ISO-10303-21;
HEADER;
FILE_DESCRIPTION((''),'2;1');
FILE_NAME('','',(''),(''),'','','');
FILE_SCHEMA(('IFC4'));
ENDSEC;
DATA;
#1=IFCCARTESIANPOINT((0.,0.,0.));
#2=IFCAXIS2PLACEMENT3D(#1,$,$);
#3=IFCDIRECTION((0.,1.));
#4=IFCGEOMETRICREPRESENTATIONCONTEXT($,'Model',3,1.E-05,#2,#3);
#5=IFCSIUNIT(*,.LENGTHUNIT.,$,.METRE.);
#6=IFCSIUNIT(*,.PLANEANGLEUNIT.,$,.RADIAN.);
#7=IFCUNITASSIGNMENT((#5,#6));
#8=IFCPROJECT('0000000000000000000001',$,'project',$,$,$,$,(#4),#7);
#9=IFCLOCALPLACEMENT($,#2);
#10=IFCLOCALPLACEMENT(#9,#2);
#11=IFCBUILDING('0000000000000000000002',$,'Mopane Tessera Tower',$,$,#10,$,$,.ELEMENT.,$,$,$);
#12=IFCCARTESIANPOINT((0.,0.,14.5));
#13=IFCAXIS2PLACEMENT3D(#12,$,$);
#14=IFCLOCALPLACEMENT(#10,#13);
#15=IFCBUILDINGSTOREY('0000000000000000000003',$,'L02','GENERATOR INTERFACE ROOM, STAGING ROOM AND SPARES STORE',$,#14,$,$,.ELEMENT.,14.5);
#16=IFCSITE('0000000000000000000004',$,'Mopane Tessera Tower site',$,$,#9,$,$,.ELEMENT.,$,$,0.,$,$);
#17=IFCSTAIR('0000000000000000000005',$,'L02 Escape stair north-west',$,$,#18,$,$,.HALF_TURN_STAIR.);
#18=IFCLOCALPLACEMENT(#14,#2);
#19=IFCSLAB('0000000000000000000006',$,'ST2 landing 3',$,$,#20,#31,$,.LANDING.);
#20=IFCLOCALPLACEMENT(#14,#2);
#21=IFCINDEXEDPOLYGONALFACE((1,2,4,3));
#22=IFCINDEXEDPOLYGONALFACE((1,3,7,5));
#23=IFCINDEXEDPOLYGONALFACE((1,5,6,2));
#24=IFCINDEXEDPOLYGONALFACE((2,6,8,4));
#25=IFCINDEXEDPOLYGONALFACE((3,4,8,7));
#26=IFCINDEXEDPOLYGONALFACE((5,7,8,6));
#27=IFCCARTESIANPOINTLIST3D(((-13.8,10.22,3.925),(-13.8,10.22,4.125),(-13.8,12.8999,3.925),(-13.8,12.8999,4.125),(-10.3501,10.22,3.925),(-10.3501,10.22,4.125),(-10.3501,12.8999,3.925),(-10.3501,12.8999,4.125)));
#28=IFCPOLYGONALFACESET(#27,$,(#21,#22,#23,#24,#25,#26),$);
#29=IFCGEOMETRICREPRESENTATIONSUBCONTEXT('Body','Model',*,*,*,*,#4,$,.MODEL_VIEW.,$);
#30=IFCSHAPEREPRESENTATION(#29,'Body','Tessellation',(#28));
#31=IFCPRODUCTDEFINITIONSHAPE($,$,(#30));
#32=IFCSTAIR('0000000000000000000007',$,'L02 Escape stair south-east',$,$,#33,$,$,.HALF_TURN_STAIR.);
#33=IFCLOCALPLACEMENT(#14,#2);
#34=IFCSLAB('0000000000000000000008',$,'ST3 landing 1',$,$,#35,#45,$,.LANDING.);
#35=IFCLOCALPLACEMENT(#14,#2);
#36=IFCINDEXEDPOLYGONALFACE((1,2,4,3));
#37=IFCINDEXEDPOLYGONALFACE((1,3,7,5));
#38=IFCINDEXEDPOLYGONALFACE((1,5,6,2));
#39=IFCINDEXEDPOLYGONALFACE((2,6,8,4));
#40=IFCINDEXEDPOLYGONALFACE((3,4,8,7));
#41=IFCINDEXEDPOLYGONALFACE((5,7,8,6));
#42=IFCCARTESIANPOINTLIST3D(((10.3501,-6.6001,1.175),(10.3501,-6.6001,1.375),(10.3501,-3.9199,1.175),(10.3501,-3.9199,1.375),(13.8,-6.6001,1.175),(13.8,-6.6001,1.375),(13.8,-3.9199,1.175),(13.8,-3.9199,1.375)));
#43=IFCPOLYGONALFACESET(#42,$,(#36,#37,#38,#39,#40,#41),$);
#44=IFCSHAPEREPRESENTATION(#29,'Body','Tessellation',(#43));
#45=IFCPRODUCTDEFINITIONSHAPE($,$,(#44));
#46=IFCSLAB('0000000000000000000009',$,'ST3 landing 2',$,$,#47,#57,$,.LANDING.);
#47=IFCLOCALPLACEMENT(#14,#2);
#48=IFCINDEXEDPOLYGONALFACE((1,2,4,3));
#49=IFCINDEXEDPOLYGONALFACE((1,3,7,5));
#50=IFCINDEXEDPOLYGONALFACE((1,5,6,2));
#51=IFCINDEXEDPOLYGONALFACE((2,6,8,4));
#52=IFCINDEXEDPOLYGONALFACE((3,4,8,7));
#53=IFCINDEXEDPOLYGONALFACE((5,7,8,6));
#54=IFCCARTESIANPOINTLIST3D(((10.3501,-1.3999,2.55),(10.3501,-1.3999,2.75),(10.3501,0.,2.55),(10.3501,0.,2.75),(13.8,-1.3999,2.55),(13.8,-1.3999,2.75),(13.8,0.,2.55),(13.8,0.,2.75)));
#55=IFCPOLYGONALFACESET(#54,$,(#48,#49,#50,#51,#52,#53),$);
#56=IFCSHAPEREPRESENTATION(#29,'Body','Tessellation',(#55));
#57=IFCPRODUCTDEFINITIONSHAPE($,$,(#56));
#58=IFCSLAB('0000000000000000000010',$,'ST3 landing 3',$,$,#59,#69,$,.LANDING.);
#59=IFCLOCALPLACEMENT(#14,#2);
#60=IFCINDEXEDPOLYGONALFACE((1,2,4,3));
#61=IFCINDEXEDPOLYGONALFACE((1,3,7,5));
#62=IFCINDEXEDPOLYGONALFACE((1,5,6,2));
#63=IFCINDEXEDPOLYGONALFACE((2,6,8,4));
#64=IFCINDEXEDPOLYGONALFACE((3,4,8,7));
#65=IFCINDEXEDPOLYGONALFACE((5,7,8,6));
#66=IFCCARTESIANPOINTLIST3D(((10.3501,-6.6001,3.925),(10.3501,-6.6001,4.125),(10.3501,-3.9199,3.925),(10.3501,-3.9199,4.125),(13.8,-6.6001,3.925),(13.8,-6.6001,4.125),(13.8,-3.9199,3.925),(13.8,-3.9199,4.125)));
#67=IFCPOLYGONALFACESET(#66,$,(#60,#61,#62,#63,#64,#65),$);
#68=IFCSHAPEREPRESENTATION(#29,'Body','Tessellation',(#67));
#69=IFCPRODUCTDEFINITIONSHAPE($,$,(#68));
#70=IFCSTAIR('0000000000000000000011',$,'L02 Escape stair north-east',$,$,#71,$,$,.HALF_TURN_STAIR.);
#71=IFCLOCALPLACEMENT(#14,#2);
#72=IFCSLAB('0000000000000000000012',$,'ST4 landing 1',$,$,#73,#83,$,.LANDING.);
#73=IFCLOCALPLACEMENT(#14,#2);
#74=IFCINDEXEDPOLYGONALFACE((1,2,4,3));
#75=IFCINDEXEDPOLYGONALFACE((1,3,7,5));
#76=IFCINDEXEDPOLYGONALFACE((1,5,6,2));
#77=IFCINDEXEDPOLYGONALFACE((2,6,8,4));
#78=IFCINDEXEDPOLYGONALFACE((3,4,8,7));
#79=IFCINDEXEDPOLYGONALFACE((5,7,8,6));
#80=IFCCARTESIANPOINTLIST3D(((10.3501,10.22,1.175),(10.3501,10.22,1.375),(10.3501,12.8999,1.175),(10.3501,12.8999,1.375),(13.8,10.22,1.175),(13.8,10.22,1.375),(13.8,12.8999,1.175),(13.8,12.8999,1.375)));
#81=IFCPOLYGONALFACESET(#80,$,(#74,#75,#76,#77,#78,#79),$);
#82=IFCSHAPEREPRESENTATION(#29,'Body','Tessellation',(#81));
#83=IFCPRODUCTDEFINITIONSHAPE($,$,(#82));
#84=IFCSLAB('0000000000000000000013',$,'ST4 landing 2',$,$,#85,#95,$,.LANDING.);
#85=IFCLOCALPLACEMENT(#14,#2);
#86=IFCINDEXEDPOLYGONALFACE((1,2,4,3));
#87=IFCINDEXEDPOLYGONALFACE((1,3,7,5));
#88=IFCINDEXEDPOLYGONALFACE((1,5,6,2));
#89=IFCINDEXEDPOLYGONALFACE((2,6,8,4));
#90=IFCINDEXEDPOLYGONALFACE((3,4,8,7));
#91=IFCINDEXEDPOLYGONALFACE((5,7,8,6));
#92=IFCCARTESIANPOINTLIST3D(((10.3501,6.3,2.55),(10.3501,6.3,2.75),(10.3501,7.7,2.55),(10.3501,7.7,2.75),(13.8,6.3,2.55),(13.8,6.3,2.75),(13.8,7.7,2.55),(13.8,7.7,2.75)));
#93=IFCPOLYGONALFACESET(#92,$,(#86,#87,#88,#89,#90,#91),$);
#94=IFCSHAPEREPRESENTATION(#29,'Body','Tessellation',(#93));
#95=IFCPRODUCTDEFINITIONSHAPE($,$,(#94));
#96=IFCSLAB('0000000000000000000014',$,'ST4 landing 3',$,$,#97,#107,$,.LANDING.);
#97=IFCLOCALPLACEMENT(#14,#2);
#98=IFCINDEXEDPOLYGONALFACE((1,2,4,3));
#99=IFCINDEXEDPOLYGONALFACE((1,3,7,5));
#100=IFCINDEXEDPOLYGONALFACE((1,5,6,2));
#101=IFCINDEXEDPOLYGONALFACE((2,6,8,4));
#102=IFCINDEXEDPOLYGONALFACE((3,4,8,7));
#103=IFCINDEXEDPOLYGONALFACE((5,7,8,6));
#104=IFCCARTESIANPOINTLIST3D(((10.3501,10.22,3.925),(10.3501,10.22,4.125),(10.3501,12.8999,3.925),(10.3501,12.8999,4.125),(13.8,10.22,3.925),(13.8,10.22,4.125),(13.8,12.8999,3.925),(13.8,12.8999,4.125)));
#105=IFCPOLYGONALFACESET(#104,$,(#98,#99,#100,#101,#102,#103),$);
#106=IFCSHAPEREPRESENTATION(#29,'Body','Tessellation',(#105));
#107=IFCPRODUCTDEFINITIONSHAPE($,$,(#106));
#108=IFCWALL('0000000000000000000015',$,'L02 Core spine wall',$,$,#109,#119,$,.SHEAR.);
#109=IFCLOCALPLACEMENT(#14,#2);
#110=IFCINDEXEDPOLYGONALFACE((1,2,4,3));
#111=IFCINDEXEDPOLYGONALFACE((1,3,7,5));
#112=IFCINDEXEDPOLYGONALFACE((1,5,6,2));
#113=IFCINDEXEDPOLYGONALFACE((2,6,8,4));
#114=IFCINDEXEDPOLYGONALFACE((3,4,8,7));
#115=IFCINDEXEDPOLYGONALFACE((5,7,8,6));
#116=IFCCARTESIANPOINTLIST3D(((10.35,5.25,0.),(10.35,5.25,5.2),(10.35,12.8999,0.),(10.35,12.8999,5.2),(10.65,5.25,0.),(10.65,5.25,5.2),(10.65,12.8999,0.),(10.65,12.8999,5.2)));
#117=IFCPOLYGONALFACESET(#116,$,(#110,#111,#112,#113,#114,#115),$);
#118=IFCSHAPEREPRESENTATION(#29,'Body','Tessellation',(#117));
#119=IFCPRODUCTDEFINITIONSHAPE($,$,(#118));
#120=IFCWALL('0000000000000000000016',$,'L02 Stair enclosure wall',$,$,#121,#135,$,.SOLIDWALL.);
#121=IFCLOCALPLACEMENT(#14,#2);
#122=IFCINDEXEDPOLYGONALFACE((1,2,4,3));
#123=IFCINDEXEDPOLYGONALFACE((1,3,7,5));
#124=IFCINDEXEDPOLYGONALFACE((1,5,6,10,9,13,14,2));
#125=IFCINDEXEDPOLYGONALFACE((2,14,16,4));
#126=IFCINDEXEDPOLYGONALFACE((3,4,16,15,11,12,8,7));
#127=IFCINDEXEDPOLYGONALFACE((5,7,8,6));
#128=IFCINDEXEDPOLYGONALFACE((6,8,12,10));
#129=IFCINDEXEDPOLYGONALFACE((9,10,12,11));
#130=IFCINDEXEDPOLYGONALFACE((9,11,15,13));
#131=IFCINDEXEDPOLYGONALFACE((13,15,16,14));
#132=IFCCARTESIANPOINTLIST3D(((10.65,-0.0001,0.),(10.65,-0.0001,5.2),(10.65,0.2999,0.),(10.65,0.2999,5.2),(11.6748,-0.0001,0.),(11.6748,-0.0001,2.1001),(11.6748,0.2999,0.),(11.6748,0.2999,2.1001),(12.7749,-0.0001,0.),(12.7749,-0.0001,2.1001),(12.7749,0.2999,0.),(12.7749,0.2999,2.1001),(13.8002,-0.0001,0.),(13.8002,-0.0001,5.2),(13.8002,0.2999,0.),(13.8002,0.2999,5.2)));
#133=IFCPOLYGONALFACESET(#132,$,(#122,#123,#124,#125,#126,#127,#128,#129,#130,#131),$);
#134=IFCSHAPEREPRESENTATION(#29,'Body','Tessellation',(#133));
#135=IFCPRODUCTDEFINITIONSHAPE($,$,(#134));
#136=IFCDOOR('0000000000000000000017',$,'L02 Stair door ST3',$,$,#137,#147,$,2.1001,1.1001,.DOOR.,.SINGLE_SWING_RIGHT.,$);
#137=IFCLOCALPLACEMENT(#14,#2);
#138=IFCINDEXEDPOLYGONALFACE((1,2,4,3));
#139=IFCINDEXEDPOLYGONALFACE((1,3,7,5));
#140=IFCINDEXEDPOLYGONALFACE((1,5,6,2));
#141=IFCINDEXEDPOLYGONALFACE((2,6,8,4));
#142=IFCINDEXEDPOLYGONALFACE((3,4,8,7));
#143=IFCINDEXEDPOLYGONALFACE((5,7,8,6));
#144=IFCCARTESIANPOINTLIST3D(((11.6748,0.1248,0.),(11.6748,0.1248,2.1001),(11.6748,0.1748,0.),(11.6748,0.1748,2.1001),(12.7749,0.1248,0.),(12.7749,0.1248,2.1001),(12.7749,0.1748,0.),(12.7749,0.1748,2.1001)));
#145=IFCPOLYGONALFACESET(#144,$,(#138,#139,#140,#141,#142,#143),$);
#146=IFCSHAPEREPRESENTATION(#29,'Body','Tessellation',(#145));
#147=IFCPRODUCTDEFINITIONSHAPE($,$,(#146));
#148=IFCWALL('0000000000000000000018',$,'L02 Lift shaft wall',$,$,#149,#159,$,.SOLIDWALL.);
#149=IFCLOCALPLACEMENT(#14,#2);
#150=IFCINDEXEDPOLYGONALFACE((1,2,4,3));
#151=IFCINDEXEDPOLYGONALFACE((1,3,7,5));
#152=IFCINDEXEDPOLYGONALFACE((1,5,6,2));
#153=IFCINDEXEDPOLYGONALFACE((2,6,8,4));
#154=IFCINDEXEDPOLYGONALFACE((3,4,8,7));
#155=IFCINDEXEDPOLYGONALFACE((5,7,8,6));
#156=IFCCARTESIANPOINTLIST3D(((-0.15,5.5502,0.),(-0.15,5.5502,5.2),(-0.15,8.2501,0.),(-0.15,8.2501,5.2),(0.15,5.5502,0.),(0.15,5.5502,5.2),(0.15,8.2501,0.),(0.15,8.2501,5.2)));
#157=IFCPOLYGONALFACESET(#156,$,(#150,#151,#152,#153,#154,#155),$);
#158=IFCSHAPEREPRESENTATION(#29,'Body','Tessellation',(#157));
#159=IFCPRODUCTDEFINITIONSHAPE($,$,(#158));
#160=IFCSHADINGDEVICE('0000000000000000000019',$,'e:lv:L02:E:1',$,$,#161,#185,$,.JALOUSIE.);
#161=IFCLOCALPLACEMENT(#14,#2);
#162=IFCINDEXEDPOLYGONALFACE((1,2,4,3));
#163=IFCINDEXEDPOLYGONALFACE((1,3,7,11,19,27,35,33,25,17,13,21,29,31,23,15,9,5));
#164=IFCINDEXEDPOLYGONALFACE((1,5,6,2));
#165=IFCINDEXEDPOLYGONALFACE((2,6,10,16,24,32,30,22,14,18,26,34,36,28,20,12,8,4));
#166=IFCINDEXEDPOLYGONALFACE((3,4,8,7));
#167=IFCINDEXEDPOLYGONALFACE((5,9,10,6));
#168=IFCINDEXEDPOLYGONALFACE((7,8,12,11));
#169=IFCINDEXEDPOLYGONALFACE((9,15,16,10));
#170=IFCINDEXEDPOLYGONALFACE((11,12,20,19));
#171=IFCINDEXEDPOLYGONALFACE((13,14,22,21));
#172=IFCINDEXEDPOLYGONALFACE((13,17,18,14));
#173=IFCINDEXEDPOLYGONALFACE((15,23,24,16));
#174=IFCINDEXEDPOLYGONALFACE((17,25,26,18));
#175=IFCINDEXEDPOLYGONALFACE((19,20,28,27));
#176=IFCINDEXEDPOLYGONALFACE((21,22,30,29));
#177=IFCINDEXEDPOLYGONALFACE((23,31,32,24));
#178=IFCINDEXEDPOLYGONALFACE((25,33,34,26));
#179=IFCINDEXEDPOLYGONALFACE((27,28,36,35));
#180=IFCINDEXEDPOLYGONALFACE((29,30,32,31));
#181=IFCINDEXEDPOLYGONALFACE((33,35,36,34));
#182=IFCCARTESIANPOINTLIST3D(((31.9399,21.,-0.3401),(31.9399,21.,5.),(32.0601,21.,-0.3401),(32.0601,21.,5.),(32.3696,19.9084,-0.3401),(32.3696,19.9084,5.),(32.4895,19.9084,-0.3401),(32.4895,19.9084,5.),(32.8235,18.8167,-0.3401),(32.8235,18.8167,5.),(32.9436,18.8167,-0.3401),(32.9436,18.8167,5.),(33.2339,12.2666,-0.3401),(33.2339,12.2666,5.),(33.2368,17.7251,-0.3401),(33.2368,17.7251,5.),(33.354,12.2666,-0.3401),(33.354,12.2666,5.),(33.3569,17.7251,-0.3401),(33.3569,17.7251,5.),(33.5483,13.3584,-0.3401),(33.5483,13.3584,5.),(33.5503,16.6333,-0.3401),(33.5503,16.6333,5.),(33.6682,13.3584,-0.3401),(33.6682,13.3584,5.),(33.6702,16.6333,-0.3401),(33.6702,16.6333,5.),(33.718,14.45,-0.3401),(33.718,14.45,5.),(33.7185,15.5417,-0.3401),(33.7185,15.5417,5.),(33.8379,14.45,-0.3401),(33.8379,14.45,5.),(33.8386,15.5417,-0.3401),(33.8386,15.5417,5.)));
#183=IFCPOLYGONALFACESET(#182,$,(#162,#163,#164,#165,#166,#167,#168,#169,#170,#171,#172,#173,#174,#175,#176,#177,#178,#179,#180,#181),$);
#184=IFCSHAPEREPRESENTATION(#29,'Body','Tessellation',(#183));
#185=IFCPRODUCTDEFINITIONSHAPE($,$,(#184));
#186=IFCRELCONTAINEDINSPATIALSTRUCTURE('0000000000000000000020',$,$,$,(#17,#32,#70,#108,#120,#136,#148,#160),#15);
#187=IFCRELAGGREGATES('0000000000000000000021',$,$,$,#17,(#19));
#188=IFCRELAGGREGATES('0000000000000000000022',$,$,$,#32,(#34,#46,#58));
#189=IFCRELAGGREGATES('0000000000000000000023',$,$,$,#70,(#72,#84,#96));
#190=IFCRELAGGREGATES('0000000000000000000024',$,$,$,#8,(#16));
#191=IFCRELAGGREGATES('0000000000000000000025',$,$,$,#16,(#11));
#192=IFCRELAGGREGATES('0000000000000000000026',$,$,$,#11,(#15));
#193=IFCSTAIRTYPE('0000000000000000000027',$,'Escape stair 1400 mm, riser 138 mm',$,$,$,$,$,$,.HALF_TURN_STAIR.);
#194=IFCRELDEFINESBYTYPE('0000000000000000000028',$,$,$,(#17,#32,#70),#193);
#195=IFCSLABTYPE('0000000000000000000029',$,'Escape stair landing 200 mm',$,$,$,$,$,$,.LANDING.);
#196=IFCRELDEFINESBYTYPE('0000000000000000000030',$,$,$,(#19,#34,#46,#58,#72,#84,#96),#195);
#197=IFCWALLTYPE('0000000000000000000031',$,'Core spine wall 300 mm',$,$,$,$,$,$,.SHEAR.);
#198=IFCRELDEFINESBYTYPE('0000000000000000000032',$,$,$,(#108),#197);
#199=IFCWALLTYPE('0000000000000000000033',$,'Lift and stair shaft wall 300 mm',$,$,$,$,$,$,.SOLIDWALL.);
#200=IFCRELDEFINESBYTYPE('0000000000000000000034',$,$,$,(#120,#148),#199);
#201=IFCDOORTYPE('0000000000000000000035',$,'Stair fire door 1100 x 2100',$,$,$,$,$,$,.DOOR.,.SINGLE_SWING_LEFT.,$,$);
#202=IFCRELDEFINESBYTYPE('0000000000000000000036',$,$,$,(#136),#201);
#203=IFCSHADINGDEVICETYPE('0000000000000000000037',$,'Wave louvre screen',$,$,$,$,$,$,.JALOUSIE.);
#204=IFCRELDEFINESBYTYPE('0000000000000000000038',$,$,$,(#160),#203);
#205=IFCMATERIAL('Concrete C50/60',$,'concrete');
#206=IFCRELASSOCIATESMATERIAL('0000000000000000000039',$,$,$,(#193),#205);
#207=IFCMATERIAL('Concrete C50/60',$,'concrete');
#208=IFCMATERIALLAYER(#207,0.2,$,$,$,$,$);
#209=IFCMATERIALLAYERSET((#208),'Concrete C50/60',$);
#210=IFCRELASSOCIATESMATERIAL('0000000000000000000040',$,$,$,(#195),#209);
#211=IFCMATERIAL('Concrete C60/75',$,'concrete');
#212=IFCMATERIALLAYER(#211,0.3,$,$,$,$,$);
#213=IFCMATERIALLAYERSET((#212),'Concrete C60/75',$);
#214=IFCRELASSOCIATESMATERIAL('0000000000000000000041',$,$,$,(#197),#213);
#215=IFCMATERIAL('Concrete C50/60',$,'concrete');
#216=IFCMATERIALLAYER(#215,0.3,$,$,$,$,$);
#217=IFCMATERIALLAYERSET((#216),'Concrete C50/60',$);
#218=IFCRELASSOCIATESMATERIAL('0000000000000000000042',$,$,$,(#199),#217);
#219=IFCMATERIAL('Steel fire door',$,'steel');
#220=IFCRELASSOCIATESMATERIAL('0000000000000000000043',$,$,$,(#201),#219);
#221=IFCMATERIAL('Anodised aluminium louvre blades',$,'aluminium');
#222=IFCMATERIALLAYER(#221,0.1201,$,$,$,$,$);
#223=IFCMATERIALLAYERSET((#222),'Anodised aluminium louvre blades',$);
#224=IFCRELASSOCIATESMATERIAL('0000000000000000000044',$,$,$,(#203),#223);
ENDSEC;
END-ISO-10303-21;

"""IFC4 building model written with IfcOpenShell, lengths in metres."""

from ifc_helpers import new_model, si_unit, direction, frame, frame_2d, origin, place, context, subcontext, project, spatial, polyline, rectangle, outline, extrude, material, layer, layer_set, type_object, element, fill, aggregate, save


model = new_model("IFC4")

# Units and contexts
model_context = context("Model", 3, precision=1e-05, world=origin(), true_north=direction((0.0, 1.0)))
body_context = subcontext(model_context, "Body", "Model", "MODEL_VIEW")
ifc_project = project(units=[si_unit("LENGTHUNIT", "METRE"), si_unit("PLANEANGLEUNIT", "RADIAN")], contexts=[model_context])

# Site, building, storey
site_placement = place(None, origin())
site = spatial("IfcSite", under=ifc_project, at=site_placement, Name="Mopane Tessera Tower site", CompositionType="ELEMENT", RefElevation=0.0)
building_placement = place(site_placement, origin())
building = spatial("IfcBuilding", under=site, at=building_placement, Name="Mopane Tessera Tower", CompositionType="ELEMENT")
storey_placement = place(building_placement, frame((0.0, 0.0, 14.5)))
storey = spatial("IfcBuildingStorey", under=building, at=storey_placement, Name="L02", Description="GENERATOR INTERFACE ROOM, STAGING ROOM AND SPARES STORE", CompositionType="ELEMENT", Elevation=14.5)

# Stairs, slabs
ifc_material_1 = material(Name="Concrete C50/60", Category="concrete")
stair_type = type_object("IfcStairType", Name="Escape stair 1400 mm, riser 138 mm", PredefinedType="HALF_TURN_STAIR", material=ifc_material_1)
ifc_material_2 = material(Name="Concrete C50/60", Category="concrete")
ifc_layer_1 = layer(ifc_material_2, 0.2)
ifc_layer_set_1 = layer_set([ifc_layer_1], Name="Concrete C50/60")
slab_type_1 = type_object("IfcSlabType", Name="Escape stair landing 200 mm", PredefinedType="LANDING", material=ifc_layer_set_1)
stair_1_placement = place(storey_placement, origin())
stair_1 = element("IfcStair", 1, at=stair_1_placement, inside=storey, type_object=stair_type, Name="L02 Escape stair north-west", PredefinedType="HALF_TURN_STAIR")
slab_1_placement = place(storey_placement, frame((0.0, 0.0, 3.925)))
slab_1 = element("IfcSlab", 2, at=slab_1_placement, type_object=slab_type_1, Name="ST2 landing 3", PredefinedType="LANDING", context=body_context, shape_type="SweptSolid", body=[
    extrude(outline(polyline([(-10.3501, 10.22), (-10.3501, 12.8999), (-13.8, 12.8999), (-13.8, 10.22), (-10.3501, 10.22)])), origin(), (0.0, 0.0, 1.0), 0.2),
])
aggregate(stair_1, [slab_1])
stair_2_placement = place(storey_placement, origin())
stair_2 = element("IfcStair", 3, at=stair_2_placement, inside=storey, type_object=stair_type, Name="L02 Escape stair south-east", PredefinedType="HALF_TURN_STAIR")
slab_2_placement = place(storey_placement, frame((0.0, 0.0, 1.175)))
slab_2 = element("IfcSlab", 4, at=slab_2_placement, type_object=slab_type_1, Name="ST3 landing 1", PredefinedType="LANDING", context=body_context, shape_type="SweptSolid", body=[
    extrude(outline(polyline([(10.3501, -3.9199), (10.3501, -6.6001), (13.8, -6.6001), (13.8, -3.9199), (10.3501, -3.9199)])), origin(), (0.0, 0.0, 1.0), 0.2),
])
slab_3_placement = place(storey_placement, frame((0.0, 0.0, 2.55)))
slab_3 = element("IfcSlab", 5, at=slab_3_placement, type_object=slab_type_1, Name="ST3 landing 2", PredefinedType="LANDING", context=body_context, shape_type="SweptSolid", body=[
    extrude(outline(polyline([(10.3501, 0.0), (10.3501, -1.3999), (13.8, -1.3999), (13.8, 0.0), (10.3501, 0.0)])), origin(), (0.0, 0.0, 1.0), 0.2),
])
slab_4_placement = place(storey_placement, frame((0.0, 0.0, 3.925)))
slab_4 = element("IfcSlab", 6, at=slab_4_placement, type_object=slab_type_1, Name="ST3 landing 3", PredefinedType="LANDING", context=body_context, shape_type="SweptSolid", body=[
    extrude(outline(polyline([(10.3501, -3.9199), (10.3501, -6.6001), (13.8, -6.6001), (13.8, -3.9199), (10.3501, -3.9199)])), origin(), (0.0, 0.0, 1.0), 0.2),
])
aggregate(stair_2, [slab_2, slab_3, slab_4])
stair_3_placement = place(storey_placement, origin())
stair_3 = element("IfcStair", 7, at=stair_3_placement, inside=storey, type_object=stair_type, Name="L02 Escape stair north-east", PredefinedType="HALF_TURN_STAIR")
slab_5_placement = place(storey_placement, frame((0.0, 0.0, 1.175)))
slab_5 = element("IfcSlab", 8, at=slab_5_placement, type_object=slab_type_1, Name="ST4 landing 1", PredefinedType="LANDING", context=body_context, shape_type="SweptSolid", body=[
    extrude(outline(polyline([(13.8, 10.22), (13.8, 12.8999), (10.3501, 12.8999), (10.3501, 10.22), (13.8, 10.22)])), origin(), (0.0, 0.0, 1.0), 0.2),
])
slab_6_placement = place(storey_placement, frame((0.0, 0.0, 2.55)))
slab_6 = element("IfcSlab", 9, at=slab_6_placement, type_object=slab_type_1, Name="ST4 landing 2", PredefinedType="LANDING", context=body_context, shape_type="SweptSolid", body=[
    extrude(outline(polyline([(13.8, 6.3), (13.8, 7.7), (10.3501, 7.7), (10.3501, 6.3), (13.8, 6.3)])), origin(), (0.0, 0.0, 1.0), 0.2),
])
slab_7_placement = place(storey_placement, frame((0.0, 0.0, 3.925)))
slab_7 = element("IfcSlab", 10, at=slab_7_placement, type_object=slab_type_1, Name="ST4 landing 3", PredefinedType="LANDING", context=body_context, shape_type="SweptSolid", body=[
    extrude(outline(polyline([(13.8, 10.22), (13.8, 12.8999), (10.3501, 12.8999), (10.3501, 10.22), (13.8, 10.22)])), origin(), (0.0, 0.0, 1.0), 0.2),
])
aggregate(stair_3, [slab_5, slab_6, slab_7])

# Wall
ifc_material_3 = material(Name="Concrete C60/75", Category="concrete")
ifc_layer_2 = layer(ifc_material_3, 0.3)
ifc_layer_set_2 = layer_set([ifc_layer_2], Name="Concrete C60/75")
wall_type_1 = type_object("IfcWallType", Name="Core spine wall 300 mm", PredefinedType="SHEAR", material=ifc_layer_set_2)
wall_1_placement = place(storey_placement, frame((10.5, 5.25, 0.0), z_axis=(0.0, 0.0, 1.0), x_axis=(0.0, 1.0, 0.0)))
element("IfcWall", 11, at=wall_1_placement, inside=storey, type_object=wall_type_1, Name="L02 Core spine wall", PredefinedType="SHEAR", context=body_context, shape_type="SweptSolid", body=[
    extrude(rectangle(XDim=7.6499, YDim=0.3, at=frame_2d((3.825, 0.0))), origin(), (0.0, 0.0, 1.0), 5.2),
])

# Wall, opening, door
ifc_material_4 = material(Name="Concrete C50/60", Category="concrete")
ifc_layer_3 = layer(ifc_material_4, 0.3)
ifc_layer_set_3 = layer_set([ifc_layer_3], Name="Concrete C50/60")
wall_type_2 = type_object("IfcWallType", Name="Lift and stair shaft wall 300 mm", PredefinedType="SOLIDWALL", material=ifc_layer_set_3)
wall_2_placement = place(storey_placement, frame((10.6499, 0.1499, 0.0), z_axis=(0.0, 0.0, 1.0), x_axis=(1.0, 0.0, 0.0)))
wall_2 = element("IfcWall", 12, at=wall_2_placement, inside=storey, type_object=wall_type_2, Name="L02 Stair enclosure wall", PredefinedType="SOLIDWALL", context=body_context, shape_type="SweptSolid", body=[
    extrude(rectangle(XDim=3.1501, YDim=0.3, at=frame_2d((1.5752, 0.0))), origin(), (0.0, 0.0, 1.0), 5.2),
])
opening_placement = place(wall_2_placement, frame((1.0249, 0.0, 0.0)))
opening = element("IfcOpeningElement", 13, at=opening_placement, cuts=wall_2, PredefinedType="OPENING", context=body_context, shape_type="SweptSolid", body=[
    extrude(rectangle(XDim=1.1001, YDim=2.1001, at=frame_2d((0.55, 1.05))), frame((0.0, 0.1621, 0.0), z_axis=(0.0, -1.0, 0.0), x_axis=(1.0, 0.0, 0.0)), (0.0, 0.0, 1.0), 0.324),
])
ifc_material_5 = material(Name="Steel fire door", Category="steel")
door_type = type_object("IfcDoorType", Name="Stair fire door 1100 x 2100", OperationType="SINGLE_SWING_LEFT", PredefinedType="DOOR", material=ifc_material_5)
door_placement = place(opening_placement, origin())
door = element("IfcDoor", 14, at=door_placement, inside=storey, type_object=door_type, Name="L02 Stair door ST3", OperationType="SINGLE_SWING_RIGHT", OverallHeight=2.1001, OverallWidth=1.1001, PredefinedType="DOOR", context=body_context, shape_type="SweptSolid", body=[
    extrude(rectangle(XDim=1.1001, YDim=2.1001, at=frame_2d((0.55, 1.05))), frame((0.0, 0.0249, 0.0), z_axis=(0.0, -1.0, 0.0), x_axis=(1.0, 0.0, 0.0)), (0.0, 0.0, 1.0), 0.05),
])
fill(opening, door)

# Wall
wall_3_placement = place(storey_placement, frame((0.0, 5.55, 0.0), z_axis=(0.0, 0.0, 1.0), x_axis=(0.0, 1.0, 0.0)))
element("IfcWall", 15, at=wall_3_placement, inside=storey, type_object=wall_type_2, Name="L02 Lift shaft wall", PredefinedType="SOLIDWALL", context=body_context, shape_type="SweptSolid", body=[
    extrude(rectangle(XDim=2.7, YDim=0.3, at=frame_2d((1.3501, 0.0))), origin(), (0.0, 0.0, 1.0), 5.2),
])

# Shading device
ifc_material_6 = material(Name="Anodised aluminium louvre blades", Category="aluminium")
ifc_layer_4 = layer(ifc_material_6, 0.1201)
ifc_layer_set_4 = layer_set([ifc_layer_4], Name="Anodised aluminium louvre blades")
shading_device_type = type_object("IfcShadingDeviceType", Name="Wave louvre screen", PredefinedType="JALOUSIE", material=ifc_layer_set_4)
shading_device_1_placement = place(storey_placement, frame((0.0, 0.0, -0.3401)))
element("IfcShadingDevice", 16, at=shading_device_1_placement, inside=storey, type_object=shading_device_type, Name="e:lv:L02:E:1", PredefinedType="JALOUSIE", context=body_context, shape_type="SweptSolid", body=[
    extrude(outline(polyline([(33.2339, 12.2666), (33.5483, 13.3584), (33.718, 14.45), (33.7185, 15.5417), (33.5503, 16.6333), (33.2368, 17.7251), (32.8235, 18.8167), (32.3696, 19.9084), (31.9399, 21.0), (32.0601, 21.0), (32.4895, 19.9084), (32.9436, 18.8167), (33.3569, 17.7251), (33.6702, 16.6333), (33.8386, 15.5417), (33.8379, 14.45), (33.6682, 13.3584), (33.354, 12.2666), (33.2339, 12.2666)])), origin(), (0.0, 0.0, 1.0), 5.3401),
])

save(model, "model.ifc")
